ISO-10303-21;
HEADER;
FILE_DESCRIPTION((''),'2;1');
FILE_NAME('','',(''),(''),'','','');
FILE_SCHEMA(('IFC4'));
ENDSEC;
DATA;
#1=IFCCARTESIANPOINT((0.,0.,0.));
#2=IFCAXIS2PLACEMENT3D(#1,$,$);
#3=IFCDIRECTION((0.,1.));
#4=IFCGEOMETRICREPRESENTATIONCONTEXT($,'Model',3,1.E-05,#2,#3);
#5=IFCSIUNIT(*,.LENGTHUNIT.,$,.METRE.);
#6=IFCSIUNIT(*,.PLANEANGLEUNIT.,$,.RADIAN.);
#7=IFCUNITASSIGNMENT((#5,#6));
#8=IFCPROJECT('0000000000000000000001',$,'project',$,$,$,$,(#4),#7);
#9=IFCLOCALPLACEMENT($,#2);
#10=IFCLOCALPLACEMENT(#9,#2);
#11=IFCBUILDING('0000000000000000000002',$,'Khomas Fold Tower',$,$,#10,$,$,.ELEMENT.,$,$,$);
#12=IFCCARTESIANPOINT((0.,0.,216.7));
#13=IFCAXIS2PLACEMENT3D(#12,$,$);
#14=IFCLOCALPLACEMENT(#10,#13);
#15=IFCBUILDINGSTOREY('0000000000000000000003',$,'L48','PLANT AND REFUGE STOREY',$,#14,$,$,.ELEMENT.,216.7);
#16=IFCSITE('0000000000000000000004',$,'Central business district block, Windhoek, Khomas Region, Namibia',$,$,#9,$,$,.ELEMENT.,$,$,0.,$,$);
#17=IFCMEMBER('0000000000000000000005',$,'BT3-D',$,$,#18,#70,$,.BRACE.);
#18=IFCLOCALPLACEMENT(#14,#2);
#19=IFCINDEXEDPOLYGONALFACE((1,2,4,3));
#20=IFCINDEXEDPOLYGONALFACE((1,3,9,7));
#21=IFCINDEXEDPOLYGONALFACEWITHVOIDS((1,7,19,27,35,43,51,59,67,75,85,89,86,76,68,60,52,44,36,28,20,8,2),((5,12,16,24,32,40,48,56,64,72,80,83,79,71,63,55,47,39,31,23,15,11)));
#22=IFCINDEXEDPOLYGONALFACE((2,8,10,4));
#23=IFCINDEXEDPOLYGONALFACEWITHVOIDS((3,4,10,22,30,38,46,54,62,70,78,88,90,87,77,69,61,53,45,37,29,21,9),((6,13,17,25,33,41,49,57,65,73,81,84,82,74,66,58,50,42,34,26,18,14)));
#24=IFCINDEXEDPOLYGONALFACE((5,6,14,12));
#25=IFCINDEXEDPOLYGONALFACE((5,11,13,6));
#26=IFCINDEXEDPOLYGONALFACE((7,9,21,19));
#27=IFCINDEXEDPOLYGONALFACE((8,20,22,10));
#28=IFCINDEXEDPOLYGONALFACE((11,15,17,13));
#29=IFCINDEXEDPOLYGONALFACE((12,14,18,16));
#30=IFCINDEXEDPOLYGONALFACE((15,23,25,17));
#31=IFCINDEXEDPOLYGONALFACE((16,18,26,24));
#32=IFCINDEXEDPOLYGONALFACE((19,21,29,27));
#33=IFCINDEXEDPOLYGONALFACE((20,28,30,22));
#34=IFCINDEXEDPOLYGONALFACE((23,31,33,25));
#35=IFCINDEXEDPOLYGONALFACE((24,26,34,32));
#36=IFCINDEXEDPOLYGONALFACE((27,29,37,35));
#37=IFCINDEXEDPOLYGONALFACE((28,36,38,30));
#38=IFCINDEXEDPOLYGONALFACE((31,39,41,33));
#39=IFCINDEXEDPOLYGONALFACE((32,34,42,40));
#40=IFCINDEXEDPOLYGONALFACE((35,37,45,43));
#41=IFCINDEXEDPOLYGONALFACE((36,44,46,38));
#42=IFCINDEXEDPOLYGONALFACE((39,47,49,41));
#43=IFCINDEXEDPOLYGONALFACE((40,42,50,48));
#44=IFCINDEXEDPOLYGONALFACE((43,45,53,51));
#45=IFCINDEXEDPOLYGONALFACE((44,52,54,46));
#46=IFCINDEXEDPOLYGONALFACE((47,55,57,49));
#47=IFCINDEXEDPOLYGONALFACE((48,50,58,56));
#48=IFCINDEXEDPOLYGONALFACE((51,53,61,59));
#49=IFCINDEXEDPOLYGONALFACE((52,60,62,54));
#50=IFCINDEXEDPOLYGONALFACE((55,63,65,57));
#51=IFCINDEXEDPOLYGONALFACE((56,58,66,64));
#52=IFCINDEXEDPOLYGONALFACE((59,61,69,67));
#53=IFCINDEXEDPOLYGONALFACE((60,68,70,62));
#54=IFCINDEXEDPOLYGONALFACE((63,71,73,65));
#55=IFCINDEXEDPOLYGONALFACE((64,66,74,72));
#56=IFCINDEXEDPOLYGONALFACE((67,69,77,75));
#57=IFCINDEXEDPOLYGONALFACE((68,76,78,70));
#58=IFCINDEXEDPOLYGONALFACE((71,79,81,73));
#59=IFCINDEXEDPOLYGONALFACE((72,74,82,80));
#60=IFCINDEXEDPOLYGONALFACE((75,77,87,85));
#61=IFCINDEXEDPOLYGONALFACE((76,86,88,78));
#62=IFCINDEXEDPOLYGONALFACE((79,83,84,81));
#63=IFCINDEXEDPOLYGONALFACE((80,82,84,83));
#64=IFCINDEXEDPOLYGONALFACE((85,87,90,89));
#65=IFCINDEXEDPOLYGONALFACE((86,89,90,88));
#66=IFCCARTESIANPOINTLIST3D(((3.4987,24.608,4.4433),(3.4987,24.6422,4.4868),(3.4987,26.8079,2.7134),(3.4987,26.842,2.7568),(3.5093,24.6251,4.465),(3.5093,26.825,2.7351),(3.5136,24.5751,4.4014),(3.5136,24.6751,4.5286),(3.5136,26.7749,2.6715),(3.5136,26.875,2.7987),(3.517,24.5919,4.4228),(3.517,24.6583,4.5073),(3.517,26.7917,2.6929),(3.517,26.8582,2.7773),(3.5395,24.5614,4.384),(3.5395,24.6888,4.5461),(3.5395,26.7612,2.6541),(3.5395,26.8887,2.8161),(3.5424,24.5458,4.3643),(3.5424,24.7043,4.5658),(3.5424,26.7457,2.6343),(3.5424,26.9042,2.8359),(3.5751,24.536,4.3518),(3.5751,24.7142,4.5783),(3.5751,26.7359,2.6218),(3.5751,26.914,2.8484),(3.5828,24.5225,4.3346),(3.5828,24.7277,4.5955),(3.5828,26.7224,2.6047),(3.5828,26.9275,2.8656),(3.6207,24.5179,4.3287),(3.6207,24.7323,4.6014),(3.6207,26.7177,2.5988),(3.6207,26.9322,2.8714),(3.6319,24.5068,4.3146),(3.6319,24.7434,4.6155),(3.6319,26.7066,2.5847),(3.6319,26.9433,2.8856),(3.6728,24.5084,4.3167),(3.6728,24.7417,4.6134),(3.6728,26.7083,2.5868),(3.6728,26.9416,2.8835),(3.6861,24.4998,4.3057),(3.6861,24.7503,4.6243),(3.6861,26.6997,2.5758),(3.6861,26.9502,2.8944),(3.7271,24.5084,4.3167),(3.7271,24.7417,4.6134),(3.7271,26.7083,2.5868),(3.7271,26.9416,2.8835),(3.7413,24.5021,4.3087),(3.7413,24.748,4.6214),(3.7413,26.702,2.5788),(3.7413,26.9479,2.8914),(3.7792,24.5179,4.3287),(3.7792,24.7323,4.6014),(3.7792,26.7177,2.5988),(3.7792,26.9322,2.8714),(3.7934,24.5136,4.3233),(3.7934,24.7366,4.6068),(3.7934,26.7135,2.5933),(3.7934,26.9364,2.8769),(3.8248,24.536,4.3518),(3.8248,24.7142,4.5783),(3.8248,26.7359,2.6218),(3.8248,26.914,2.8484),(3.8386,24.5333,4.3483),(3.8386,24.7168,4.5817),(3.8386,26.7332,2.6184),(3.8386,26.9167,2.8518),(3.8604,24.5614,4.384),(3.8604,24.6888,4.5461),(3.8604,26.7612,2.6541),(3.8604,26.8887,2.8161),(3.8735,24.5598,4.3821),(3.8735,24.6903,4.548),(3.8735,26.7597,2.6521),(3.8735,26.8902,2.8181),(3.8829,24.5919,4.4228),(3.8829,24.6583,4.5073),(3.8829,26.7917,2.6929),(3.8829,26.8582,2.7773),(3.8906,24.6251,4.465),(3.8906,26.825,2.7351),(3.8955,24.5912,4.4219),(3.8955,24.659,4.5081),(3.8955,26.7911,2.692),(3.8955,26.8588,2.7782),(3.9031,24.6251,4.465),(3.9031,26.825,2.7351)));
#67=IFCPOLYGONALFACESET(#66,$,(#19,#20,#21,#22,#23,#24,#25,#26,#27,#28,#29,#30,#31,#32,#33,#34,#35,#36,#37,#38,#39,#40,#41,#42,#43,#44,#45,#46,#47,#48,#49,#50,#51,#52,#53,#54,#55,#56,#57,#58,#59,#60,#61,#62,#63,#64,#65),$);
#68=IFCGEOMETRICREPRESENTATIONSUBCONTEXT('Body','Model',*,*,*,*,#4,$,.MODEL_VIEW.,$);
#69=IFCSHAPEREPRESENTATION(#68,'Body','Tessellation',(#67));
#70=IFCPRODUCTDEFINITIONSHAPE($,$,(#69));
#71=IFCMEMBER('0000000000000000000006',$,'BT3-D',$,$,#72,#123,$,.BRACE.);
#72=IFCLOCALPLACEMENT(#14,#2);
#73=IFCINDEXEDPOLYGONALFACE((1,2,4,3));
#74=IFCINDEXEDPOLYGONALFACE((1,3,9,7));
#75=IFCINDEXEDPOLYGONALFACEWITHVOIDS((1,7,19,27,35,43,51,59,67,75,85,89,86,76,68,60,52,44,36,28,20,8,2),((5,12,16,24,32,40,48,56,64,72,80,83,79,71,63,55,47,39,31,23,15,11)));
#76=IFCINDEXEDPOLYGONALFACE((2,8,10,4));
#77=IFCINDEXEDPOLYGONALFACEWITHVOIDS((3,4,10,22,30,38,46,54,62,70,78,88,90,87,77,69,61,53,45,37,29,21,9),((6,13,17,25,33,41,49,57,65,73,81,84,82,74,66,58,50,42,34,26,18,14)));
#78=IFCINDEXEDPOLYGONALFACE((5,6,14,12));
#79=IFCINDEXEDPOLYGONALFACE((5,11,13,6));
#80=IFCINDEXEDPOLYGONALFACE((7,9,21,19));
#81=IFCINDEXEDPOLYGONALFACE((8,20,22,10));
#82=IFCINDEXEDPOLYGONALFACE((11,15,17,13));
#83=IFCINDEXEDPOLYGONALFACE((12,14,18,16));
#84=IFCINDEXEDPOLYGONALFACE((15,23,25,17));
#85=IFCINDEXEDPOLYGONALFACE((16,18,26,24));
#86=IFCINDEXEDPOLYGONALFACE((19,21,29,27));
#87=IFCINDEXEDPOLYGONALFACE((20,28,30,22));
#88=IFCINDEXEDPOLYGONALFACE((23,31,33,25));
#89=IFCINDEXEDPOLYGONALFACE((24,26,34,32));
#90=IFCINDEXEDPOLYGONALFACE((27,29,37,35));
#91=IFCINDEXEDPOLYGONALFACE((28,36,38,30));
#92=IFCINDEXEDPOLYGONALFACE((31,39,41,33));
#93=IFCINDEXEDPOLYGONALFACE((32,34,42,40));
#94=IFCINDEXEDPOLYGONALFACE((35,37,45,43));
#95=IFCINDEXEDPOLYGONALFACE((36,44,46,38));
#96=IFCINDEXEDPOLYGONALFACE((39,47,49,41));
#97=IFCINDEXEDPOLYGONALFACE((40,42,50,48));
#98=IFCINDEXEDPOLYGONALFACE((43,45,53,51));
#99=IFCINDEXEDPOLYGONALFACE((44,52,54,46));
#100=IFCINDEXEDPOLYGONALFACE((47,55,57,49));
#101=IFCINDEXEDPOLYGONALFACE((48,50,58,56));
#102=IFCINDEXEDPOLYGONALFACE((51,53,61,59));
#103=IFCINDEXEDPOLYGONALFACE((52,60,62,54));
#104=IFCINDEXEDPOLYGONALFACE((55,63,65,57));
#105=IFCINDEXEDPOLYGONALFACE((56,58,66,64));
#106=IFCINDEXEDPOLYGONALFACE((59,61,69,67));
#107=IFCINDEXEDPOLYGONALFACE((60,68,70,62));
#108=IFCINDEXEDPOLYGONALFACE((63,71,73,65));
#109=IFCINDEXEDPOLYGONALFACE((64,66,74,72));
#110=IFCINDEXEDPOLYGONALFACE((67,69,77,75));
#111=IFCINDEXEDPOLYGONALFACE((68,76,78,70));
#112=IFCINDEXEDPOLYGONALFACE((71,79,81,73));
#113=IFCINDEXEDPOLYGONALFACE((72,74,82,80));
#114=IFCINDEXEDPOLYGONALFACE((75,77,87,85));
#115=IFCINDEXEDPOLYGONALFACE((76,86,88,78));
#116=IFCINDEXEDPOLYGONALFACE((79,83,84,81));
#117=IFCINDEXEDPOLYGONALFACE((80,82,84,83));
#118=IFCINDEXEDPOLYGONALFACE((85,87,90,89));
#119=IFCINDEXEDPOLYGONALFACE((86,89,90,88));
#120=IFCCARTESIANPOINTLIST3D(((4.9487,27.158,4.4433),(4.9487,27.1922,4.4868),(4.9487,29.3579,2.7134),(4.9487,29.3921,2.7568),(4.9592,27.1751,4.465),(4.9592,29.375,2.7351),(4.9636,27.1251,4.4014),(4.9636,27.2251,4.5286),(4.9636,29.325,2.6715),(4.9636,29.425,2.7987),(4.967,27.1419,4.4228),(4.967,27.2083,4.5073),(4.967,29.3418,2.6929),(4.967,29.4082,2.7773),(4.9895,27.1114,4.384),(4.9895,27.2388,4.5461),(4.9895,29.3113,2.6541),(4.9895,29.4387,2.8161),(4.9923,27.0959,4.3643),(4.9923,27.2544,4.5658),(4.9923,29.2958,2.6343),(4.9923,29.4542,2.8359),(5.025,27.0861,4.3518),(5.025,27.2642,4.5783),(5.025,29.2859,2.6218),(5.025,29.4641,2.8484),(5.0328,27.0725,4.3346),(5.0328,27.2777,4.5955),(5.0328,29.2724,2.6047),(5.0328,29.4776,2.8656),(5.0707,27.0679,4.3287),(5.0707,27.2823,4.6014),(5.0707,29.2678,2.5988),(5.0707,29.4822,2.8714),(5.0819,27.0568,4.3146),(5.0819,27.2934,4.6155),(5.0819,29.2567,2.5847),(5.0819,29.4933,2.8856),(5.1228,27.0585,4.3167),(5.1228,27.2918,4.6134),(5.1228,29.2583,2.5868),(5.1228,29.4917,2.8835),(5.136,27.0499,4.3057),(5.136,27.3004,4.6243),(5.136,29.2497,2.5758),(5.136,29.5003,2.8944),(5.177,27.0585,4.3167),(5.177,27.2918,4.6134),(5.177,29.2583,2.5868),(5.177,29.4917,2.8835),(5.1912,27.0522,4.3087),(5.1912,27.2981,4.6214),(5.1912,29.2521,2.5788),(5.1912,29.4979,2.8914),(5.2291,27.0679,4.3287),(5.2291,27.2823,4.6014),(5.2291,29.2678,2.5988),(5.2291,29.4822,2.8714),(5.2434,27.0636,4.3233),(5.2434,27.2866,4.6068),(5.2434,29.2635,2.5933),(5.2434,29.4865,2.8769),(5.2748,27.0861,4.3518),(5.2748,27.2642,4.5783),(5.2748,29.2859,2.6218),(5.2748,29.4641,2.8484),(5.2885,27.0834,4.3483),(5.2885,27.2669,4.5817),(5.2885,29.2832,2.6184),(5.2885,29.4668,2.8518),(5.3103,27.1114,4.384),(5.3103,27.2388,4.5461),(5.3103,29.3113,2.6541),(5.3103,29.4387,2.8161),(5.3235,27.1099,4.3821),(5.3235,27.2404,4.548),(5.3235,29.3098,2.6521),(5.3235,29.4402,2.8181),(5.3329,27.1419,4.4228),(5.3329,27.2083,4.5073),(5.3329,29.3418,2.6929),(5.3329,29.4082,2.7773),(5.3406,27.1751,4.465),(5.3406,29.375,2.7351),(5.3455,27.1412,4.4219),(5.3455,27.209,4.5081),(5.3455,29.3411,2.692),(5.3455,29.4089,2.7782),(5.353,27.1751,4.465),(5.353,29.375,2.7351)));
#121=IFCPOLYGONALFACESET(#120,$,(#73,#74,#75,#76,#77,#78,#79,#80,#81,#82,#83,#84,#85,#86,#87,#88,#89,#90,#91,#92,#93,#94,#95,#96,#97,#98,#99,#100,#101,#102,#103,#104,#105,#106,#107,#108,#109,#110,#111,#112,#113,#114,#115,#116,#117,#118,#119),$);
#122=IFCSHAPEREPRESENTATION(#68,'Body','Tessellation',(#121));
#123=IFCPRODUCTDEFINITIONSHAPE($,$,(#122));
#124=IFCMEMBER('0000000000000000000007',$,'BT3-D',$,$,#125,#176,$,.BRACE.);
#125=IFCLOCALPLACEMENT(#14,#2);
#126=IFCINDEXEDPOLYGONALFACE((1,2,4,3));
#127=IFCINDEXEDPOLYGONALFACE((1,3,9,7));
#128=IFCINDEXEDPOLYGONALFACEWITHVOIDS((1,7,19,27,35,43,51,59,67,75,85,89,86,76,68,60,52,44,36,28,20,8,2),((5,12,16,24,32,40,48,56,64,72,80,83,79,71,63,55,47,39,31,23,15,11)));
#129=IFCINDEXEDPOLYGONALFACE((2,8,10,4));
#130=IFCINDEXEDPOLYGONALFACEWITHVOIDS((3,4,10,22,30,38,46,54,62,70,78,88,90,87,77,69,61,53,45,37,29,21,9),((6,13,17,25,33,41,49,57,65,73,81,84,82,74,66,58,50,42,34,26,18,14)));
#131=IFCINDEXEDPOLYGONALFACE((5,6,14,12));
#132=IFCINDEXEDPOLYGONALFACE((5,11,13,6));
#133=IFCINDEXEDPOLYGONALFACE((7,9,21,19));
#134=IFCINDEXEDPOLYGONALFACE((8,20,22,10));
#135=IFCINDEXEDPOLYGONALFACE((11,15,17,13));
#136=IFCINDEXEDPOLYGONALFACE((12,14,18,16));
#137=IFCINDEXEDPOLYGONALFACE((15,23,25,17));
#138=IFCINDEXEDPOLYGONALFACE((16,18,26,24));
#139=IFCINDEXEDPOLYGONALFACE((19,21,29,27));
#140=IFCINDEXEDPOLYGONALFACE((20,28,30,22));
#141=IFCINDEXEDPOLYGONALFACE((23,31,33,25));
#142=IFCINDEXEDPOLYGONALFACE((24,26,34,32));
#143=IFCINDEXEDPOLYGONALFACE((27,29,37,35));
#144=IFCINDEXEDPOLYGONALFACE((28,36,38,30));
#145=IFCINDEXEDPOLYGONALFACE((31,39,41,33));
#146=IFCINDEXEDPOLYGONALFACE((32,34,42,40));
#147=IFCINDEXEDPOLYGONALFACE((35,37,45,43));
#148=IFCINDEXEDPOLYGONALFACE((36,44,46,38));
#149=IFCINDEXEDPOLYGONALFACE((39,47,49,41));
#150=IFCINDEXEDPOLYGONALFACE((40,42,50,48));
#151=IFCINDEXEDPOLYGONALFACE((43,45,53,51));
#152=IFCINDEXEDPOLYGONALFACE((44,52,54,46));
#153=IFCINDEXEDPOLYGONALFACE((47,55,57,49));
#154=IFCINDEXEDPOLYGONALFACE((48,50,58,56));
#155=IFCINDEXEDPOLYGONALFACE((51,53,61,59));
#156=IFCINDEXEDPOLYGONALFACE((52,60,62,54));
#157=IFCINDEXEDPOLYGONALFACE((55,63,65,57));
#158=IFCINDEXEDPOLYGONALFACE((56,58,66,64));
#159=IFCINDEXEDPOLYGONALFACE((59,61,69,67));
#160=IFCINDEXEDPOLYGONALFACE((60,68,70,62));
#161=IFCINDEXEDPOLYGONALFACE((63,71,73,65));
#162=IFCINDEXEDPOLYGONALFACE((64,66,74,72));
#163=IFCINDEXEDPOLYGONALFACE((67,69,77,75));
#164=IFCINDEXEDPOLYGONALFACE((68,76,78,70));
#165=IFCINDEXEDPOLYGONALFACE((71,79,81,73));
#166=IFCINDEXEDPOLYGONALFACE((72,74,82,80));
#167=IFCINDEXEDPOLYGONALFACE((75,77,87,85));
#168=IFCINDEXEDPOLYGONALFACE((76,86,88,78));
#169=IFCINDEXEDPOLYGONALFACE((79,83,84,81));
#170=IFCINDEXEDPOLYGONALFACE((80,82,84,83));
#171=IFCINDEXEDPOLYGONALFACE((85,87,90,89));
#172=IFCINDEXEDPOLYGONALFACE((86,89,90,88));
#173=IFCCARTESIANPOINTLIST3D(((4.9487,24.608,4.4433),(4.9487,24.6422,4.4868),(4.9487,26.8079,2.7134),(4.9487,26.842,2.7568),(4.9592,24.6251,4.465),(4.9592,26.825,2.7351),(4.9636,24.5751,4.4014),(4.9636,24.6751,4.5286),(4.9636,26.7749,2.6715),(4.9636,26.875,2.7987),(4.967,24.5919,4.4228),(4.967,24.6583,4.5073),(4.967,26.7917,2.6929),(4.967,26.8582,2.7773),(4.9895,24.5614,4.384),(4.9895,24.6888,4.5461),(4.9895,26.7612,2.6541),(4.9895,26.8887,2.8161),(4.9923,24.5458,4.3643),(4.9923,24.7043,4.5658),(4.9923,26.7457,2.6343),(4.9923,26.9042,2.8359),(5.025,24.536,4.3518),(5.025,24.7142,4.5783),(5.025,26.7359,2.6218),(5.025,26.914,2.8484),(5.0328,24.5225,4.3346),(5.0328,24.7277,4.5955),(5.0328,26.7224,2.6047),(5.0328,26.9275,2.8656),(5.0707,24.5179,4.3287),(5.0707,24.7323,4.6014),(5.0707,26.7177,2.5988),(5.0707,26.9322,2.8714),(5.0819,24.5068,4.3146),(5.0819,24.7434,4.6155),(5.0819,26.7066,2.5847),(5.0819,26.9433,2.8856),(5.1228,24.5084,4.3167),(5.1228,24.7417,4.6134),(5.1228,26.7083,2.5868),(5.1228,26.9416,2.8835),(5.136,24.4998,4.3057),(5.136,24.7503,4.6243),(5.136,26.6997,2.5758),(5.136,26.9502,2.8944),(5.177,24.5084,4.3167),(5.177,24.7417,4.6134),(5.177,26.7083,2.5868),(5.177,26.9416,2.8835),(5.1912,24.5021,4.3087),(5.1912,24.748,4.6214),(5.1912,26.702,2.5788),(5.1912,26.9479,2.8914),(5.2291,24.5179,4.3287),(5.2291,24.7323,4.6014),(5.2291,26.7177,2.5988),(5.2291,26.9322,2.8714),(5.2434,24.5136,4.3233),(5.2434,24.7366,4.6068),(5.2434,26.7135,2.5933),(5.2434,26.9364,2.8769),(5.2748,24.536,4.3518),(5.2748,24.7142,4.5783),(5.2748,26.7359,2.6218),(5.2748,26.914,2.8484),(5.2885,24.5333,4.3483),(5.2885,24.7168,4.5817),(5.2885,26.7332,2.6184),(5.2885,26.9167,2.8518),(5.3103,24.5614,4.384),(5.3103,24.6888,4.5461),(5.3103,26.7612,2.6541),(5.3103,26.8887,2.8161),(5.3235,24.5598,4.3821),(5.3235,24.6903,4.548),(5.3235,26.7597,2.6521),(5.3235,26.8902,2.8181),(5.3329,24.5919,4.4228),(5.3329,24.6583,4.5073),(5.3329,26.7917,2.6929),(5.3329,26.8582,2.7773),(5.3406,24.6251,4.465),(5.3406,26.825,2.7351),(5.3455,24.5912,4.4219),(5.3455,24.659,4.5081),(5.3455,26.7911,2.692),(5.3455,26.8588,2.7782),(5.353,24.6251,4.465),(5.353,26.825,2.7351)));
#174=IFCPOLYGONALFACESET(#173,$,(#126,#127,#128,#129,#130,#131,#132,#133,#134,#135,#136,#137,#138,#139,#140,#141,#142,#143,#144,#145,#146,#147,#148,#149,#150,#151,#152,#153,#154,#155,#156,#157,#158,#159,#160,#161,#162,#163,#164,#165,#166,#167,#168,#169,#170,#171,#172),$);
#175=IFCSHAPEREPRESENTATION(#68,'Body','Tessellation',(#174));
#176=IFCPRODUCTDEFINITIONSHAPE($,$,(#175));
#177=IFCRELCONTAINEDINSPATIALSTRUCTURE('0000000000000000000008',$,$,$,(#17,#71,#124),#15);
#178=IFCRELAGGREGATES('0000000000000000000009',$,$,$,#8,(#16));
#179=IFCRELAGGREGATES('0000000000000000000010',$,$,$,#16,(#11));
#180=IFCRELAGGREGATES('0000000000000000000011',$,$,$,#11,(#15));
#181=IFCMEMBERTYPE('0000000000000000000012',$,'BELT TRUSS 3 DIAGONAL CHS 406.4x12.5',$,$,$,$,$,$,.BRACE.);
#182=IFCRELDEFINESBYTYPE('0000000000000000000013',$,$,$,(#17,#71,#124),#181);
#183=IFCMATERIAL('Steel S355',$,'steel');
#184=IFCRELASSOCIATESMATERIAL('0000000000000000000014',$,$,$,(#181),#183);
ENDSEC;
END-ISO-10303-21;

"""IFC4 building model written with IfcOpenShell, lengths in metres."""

from ifc_helpers import new_model, si_unit, direction, frame, origin, origin_2d, place, context, subcontext, project, spatial, hollow_circle, extrude, source, transform, mapped, material, material_profile, profile_set, type_object, element, save


model = new_model("IFC4")

# Units and contexts
model_context = context("Model", 3, precision=1e-05, world=origin(), true_north=direction((0.0, 1.0)))
body_context = subcontext(model_context, "Body", "Model", "MODEL_VIEW")
ifc_project = project(units=[si_unit("LENGTHUNIT", "METRE"), si_unit("PLANEANGLEUNIT", "RADIAN")], contexts=[model_context])

# Site, building, storey
site_placement = place(None, origin())
site = spatial("IfcSite", under=ifc_project, at=site_placement, Name="Central business district block, Windhoek, Khomas Region, Namibia", CompositionType="ELEMENT", RefElevation=0.0)
building_placement = place(site_placement, origin())
building = spatial("IfcBuilding", under=site, at=building_placement, Name="Khomas Fold Tower", CompositionType="ELEMENT")
storey_placement = place(building_placement, frame((0.0, 0.0, 216.7)))
storey = spatial("IfcBuildingStorey", under=building, at=storey_placement, Name="L48", Description="PLANT AND REFUGE STOREY", CompositionType="ELEMENT", Elevation=216.7)

# Members
ifc_material_1 = material(Name="Steel S355", Category="steel")
ifc_material_profile_1 = material_profile(ifc_material_1, hollow_circle(Radius=0.2031, WallThickness=0.0125, at=origin_2d()), Name="CHS 406.4x12.5")
ifc_profile_set_1 = profile_set([ifc_material_profile_1], Name="Steel S355")
member_type_1 = type_object("IfcMemberType", Name="BELT TRUSS 3 DIAGONAL CHS 406.4x12.5", PredefinedType="BRACE", material=ifc_profile_set_1)
shared_shape_1 = source(origin(), body_context, "Body", "SweptSolid", [
    extrude(hollow_circle(Radius=0.2031, WallThickness=0.0125, at=origin_2d()), origin(), (0.0, 0.0, 1.0), 2.7986),
])
for number, where, z_axis, x_axis, name in (
    (1, (3.7, 26.825, 2.7351), (0.0, -0.786067, 0.618141), (1.0, 0.0, 0.0), "BT3-D"),
    (2, (5.1499, 29.375, 2.7351), (0.0, -0.786067, 0.618141), (1.0, 0.0, 0.0), "BT3-D"),
    (3, (5.1499, 26.825, 2.7351), (0.0, -0.786067, 0.618141), (1.0, 0.0, 0.0), "BT3-D"),
):
    element("IfcMember", number, at=place(storey_placement, frame(where, z_axis=z_axis, x_axis=x_axis)), inside=storey, type_object=member_type_1, Name=name, PredefinedType="BRACE", context=body_context, shape_type="MappedRepresentation", body=[
        mapped(shared_shape_1, transform((0.0, 0.0, 0.0))),
    ])

save(model, "model.ifc")
